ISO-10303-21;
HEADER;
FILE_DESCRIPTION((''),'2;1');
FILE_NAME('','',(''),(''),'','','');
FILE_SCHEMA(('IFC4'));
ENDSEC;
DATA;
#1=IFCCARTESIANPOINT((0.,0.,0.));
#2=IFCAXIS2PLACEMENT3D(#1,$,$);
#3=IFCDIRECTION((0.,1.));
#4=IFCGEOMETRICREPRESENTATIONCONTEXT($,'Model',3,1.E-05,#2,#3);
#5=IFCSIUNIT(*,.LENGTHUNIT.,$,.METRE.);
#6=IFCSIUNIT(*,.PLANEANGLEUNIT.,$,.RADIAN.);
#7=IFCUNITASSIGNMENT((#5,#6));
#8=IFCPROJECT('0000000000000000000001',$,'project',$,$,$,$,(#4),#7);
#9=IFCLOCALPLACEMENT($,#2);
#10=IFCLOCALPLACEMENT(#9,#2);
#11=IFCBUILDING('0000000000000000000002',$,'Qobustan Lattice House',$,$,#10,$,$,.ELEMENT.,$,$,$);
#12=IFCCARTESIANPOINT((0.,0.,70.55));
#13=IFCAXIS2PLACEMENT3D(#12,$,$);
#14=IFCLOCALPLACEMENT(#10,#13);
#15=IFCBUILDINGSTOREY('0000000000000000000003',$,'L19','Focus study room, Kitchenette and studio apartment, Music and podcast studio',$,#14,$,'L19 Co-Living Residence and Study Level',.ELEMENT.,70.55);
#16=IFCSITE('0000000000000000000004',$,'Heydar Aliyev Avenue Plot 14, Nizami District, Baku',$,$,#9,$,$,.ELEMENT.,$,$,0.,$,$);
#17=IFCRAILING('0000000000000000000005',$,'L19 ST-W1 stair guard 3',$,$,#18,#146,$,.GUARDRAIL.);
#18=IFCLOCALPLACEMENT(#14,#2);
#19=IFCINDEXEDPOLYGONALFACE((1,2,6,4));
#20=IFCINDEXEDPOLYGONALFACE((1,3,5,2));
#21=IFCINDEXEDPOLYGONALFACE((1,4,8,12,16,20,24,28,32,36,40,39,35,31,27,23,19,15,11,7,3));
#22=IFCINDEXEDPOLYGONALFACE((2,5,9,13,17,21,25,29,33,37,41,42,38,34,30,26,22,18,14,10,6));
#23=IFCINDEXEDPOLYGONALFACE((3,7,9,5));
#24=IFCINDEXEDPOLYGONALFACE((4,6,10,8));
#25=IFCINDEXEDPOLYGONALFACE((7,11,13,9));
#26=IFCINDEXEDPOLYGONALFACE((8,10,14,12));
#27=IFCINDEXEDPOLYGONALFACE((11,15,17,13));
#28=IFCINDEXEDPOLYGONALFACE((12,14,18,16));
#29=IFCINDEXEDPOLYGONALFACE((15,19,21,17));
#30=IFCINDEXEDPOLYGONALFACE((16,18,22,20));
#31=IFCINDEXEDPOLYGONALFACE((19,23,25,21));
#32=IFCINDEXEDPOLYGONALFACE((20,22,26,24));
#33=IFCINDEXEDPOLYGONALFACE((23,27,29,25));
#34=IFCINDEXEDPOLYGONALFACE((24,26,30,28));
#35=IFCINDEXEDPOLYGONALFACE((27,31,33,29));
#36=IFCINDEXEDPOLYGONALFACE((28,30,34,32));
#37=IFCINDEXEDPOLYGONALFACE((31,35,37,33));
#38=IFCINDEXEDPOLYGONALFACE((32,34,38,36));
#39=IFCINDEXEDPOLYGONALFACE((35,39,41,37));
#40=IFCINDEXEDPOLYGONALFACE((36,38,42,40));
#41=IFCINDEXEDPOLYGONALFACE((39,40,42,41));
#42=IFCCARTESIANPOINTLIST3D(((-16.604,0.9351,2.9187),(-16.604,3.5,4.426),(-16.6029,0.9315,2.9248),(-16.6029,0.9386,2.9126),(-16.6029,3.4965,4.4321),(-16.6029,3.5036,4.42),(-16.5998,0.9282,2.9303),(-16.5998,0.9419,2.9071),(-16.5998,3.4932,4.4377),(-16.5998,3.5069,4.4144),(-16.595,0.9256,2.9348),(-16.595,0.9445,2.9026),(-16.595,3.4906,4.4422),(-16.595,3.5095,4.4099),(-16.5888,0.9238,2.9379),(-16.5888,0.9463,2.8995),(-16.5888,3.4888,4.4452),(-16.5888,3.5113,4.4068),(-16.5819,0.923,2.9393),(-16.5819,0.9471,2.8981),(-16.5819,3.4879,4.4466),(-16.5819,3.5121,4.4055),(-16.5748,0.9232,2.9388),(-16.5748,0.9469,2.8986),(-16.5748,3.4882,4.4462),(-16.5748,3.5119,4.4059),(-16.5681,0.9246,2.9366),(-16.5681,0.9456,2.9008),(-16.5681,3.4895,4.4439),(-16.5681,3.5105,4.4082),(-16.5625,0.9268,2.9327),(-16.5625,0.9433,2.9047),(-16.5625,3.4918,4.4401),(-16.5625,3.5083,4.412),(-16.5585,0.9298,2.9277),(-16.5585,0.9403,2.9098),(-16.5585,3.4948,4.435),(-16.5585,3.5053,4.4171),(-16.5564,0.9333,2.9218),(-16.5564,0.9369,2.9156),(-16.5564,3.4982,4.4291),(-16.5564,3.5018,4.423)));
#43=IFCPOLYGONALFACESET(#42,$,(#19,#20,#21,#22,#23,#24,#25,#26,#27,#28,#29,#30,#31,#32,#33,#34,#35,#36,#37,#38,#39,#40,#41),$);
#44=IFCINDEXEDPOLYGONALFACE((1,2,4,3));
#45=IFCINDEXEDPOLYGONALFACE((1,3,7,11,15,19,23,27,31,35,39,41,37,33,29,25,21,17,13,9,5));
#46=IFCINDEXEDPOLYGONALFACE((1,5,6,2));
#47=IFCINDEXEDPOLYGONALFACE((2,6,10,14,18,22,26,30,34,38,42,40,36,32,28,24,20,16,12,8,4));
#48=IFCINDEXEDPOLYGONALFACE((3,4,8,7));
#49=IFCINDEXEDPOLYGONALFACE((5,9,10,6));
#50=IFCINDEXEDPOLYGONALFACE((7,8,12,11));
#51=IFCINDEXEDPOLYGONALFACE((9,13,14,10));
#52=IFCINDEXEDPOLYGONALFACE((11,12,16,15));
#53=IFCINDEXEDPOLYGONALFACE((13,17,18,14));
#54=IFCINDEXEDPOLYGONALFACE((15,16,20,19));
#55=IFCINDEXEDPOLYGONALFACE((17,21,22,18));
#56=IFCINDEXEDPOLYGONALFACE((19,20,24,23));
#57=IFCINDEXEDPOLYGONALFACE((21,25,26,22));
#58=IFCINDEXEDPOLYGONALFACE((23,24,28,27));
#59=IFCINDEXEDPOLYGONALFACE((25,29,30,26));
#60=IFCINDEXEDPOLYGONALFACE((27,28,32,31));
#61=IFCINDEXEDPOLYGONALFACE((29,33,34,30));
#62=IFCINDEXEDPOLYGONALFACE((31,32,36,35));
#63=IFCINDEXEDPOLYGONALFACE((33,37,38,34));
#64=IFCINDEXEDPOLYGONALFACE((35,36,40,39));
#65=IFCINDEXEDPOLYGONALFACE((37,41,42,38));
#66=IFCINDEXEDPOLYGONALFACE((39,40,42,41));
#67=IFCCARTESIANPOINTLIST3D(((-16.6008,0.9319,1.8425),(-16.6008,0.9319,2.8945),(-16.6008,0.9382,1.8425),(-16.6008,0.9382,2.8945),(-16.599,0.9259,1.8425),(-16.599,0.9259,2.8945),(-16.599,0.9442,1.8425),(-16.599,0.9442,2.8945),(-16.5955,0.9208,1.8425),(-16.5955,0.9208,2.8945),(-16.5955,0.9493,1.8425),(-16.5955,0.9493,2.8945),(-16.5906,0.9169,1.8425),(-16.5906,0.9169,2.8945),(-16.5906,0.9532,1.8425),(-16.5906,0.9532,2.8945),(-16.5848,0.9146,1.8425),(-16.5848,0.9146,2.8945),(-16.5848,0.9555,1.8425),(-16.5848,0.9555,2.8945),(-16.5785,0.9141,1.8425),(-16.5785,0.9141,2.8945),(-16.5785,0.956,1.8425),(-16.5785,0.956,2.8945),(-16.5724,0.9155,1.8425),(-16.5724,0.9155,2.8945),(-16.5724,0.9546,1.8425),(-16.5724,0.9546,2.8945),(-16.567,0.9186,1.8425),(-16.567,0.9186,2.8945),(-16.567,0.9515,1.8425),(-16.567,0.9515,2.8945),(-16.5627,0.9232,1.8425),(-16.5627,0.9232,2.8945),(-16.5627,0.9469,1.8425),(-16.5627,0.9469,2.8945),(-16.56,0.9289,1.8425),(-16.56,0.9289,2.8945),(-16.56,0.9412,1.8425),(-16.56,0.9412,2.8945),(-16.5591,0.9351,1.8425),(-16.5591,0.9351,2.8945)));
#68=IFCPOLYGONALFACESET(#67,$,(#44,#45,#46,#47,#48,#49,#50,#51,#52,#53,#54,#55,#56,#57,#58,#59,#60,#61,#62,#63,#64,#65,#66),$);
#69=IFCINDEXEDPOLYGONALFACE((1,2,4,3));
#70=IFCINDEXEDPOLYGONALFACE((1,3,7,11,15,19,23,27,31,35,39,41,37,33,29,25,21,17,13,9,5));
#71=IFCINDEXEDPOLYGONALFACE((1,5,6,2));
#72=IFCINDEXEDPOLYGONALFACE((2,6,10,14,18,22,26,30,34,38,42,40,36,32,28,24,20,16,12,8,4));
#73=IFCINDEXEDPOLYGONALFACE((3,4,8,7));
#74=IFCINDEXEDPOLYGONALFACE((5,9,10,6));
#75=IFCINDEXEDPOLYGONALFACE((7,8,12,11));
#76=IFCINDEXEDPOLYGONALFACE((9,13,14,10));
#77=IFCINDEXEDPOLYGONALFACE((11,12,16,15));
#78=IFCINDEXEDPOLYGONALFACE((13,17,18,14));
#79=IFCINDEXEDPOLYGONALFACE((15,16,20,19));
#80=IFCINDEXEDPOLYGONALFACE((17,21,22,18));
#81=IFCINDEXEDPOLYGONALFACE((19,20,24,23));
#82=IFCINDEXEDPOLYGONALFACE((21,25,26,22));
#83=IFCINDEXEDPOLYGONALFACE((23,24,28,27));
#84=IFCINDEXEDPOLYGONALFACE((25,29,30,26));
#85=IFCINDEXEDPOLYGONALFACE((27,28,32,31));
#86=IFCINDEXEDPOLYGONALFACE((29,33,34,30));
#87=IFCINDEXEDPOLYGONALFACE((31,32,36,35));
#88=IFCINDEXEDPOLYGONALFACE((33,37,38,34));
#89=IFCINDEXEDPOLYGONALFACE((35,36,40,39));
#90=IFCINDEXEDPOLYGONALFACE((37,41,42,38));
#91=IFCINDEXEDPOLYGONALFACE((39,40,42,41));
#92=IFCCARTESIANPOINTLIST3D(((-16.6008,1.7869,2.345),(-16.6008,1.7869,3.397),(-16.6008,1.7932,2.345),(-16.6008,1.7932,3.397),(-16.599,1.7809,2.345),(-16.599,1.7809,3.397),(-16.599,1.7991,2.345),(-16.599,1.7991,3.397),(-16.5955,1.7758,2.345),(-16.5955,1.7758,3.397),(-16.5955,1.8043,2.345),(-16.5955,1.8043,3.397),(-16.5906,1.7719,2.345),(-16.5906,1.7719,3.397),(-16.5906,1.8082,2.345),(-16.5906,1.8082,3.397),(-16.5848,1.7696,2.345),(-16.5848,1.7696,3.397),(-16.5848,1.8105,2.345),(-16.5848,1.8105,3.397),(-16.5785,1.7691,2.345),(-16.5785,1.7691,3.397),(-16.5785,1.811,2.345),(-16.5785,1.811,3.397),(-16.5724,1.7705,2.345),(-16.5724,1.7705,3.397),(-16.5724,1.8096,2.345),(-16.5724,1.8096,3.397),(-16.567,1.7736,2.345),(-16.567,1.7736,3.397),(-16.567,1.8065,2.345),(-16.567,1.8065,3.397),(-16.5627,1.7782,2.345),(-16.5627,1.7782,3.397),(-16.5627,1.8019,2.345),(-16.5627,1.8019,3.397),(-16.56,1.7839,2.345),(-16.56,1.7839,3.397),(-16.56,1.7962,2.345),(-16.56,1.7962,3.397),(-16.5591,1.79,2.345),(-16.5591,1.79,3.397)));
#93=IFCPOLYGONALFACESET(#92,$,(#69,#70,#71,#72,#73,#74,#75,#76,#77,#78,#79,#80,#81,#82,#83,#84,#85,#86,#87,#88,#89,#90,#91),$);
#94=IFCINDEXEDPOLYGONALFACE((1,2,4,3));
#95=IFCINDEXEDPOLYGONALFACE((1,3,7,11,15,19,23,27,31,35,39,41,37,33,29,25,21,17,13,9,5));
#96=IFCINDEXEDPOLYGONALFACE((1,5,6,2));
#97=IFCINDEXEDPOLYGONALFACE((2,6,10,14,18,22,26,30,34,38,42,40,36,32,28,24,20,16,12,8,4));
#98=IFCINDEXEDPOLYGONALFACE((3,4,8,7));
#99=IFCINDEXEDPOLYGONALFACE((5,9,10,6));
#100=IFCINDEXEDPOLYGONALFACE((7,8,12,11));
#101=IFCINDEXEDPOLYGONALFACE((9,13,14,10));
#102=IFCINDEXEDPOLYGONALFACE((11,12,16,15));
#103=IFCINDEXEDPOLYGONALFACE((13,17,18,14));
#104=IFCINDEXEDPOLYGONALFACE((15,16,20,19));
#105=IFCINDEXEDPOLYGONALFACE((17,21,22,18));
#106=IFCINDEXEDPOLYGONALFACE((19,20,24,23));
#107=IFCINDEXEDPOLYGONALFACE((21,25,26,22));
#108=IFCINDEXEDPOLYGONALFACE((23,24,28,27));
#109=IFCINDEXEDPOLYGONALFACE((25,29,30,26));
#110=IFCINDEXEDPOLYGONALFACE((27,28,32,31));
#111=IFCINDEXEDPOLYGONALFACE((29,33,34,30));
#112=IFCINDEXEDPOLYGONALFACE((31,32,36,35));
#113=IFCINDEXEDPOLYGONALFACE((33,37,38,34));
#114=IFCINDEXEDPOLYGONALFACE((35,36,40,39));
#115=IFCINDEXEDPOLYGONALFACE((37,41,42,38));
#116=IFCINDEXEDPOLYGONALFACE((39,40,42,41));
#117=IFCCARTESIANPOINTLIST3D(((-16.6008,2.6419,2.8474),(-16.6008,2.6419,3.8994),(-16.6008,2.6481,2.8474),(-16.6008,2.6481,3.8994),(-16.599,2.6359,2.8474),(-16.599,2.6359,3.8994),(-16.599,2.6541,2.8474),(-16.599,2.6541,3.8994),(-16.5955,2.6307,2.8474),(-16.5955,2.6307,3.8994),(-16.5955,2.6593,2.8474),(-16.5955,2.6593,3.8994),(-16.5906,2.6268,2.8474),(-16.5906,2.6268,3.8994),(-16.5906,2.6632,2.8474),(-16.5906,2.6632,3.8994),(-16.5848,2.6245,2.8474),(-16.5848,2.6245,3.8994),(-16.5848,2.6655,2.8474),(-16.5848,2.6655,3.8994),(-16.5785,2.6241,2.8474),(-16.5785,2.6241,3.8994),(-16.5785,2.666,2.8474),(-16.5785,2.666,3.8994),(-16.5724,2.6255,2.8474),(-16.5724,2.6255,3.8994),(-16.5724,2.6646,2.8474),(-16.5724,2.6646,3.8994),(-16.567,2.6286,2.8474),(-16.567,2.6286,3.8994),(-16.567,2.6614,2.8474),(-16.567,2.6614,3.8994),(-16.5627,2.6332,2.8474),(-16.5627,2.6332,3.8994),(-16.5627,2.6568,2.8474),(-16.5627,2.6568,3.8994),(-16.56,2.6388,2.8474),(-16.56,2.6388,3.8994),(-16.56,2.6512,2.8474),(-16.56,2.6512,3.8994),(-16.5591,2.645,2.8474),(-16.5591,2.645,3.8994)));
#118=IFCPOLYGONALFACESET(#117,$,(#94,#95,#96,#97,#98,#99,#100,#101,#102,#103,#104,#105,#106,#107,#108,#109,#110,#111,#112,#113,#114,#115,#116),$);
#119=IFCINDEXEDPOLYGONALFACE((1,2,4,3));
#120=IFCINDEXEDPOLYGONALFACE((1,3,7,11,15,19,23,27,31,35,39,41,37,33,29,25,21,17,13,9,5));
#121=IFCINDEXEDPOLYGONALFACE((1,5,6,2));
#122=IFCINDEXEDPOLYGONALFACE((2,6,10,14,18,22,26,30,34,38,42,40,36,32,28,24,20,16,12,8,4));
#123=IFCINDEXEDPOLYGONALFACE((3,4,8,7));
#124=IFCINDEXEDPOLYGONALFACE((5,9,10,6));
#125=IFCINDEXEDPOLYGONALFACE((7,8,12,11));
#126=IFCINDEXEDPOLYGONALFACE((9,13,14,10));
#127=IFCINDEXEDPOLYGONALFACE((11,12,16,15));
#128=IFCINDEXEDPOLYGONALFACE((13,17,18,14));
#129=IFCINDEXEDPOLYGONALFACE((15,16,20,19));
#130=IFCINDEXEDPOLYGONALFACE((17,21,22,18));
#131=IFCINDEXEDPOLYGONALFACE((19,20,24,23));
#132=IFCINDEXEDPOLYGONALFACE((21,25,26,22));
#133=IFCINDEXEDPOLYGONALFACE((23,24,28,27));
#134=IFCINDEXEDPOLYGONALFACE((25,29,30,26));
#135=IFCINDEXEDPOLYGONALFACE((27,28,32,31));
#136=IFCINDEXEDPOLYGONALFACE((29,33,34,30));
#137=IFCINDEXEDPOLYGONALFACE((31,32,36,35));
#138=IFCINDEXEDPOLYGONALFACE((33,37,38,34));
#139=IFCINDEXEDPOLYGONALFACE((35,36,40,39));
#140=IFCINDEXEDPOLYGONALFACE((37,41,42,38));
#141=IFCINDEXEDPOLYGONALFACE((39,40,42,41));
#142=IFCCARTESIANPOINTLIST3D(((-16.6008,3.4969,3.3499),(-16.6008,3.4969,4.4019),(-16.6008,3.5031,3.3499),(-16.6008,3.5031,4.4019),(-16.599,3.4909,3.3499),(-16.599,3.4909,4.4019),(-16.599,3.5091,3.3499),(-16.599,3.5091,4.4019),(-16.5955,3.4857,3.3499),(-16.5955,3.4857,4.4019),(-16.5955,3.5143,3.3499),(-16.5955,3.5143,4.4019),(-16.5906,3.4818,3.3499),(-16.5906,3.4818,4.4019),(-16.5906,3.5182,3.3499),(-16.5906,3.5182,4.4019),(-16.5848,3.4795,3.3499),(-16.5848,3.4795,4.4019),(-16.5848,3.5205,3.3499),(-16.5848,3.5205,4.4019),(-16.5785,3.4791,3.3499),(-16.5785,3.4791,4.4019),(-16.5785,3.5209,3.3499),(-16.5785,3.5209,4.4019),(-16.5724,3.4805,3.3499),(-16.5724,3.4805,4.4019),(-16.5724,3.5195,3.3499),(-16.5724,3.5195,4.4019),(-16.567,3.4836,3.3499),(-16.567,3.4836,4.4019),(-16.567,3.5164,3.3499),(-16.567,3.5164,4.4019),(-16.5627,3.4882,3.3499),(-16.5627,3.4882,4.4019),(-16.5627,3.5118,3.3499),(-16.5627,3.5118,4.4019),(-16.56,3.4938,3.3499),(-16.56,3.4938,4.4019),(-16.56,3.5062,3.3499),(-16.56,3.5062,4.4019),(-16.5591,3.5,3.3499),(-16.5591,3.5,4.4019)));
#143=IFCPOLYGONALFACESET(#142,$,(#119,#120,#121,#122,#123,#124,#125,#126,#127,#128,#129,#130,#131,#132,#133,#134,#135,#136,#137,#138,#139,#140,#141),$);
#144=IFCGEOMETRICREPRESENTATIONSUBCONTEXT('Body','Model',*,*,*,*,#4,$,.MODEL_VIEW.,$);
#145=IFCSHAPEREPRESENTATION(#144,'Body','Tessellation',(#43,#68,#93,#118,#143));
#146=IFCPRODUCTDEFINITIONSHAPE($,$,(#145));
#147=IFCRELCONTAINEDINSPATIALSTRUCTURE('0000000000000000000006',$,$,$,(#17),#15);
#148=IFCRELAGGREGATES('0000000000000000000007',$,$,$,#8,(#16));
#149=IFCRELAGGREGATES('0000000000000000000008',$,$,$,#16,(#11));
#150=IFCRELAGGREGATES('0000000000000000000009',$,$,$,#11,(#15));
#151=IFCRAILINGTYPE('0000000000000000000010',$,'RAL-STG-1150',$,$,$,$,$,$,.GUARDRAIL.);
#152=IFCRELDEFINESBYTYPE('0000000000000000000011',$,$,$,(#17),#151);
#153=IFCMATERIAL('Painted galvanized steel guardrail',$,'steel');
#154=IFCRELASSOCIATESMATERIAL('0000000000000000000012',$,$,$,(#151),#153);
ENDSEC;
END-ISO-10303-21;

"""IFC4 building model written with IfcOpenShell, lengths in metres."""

from ifc_helpers import new_model, si_unit, direction, frame, origin, origin_2d, place, context, subcontext, project, spatial, circle, extrude, material, type_object, element, save


model = new_model("IFC4")

# Units and contexts
model_context = context("Model", 3, precision=1e-05, world=origin(), true_north=direction((0.0, 1.0)))
body_context = subcontext(model_context, "Body", "Model", "MODEL_VIEW")
ifc_project = project(units=[si_unit("LENGTHUNIT", "METRE"), si_unit("PLANEANGLEUNIT", "RADIAN")], contexts=[model_context])

# Site, building, storey
site_placement = place(None, origin())
site = spatial("IfcSite", under=ifc_project, at=site_placement, Name="Heydar Aliyev Avenue Plot 14, Nizami District, Baku", CompositionType="ELEMENT", RefElevation=0.0)
building_placement = place(site_placement, origin())
building = spatial("IfcBuilding", under=site, at=building_placement, Name="Qobustan Lattice House", CompositionType="ELEMENT")
storey_placement = place(building_placement, frame((0.0, 0.0, 70.55)))
storey = spatial("IfcBuildingStorey", under=building, at=storey_placement, Name="L19", Description="Focus study room, Kitchenette and studio apartment, Music and podcast studio", LongName="L19 Co-Living Residence and Study Level", CompositionType="ELEMENT", Elevation=70.55)

# Railing
ifc_material_1 = material(Name="Painted galvanized steel guardrail", Category="steel")
railing_type_1 = type_object("IfcRailingType", Name="RAL-STG-1150", PredefinedType="GUARDRAIL", material=ifc_material_1)
railing_1_placement = place(storey_placement, frame((-16.5801, 0.9351, 1.8425)))
element("IfcRailing", 1, at=railing_1_placement, inside=storey, type_object=railing_type_1, Name="L19 ST-W1 stair guard 3", PredefinedType="GUARDRAIL", context=body_context, shape_type="SweptSolid", body=[
    extrude(circle(Radius=0.0239, at=origin_2d()), frame((0.0, 0.0, 1.0762), z_axis=(0.0, 0.862149, 0.506654), x_axis=(-1.0, 0.0, 0.0)), (0.0, 0.0, 1.0), 2.9751),
    extrude(circle(Radius=0.021, at=origin_2d()), origin(), (0.0, 0.0, 1.0), 1.052),
    extrude(circle(Radius=0.021, at=origin_2d()), frame((0.0, 0.855, 0.5024)), (0.0, 0.0, 1.0), 1.052),
    extrude(circle(Radius=0.021, at=origin_2d()), frame((0.0, 1.71, 1.0049)), (0.0, 0.0, 1.0), 1.052),
    extrude(circle(Radius=0.021, at=origin_2d()), frame((0.0, 2.5649, 1.5073)), (0.0, 0.0, 1.0), 1.052),
])

save(model, "model.ifc")
